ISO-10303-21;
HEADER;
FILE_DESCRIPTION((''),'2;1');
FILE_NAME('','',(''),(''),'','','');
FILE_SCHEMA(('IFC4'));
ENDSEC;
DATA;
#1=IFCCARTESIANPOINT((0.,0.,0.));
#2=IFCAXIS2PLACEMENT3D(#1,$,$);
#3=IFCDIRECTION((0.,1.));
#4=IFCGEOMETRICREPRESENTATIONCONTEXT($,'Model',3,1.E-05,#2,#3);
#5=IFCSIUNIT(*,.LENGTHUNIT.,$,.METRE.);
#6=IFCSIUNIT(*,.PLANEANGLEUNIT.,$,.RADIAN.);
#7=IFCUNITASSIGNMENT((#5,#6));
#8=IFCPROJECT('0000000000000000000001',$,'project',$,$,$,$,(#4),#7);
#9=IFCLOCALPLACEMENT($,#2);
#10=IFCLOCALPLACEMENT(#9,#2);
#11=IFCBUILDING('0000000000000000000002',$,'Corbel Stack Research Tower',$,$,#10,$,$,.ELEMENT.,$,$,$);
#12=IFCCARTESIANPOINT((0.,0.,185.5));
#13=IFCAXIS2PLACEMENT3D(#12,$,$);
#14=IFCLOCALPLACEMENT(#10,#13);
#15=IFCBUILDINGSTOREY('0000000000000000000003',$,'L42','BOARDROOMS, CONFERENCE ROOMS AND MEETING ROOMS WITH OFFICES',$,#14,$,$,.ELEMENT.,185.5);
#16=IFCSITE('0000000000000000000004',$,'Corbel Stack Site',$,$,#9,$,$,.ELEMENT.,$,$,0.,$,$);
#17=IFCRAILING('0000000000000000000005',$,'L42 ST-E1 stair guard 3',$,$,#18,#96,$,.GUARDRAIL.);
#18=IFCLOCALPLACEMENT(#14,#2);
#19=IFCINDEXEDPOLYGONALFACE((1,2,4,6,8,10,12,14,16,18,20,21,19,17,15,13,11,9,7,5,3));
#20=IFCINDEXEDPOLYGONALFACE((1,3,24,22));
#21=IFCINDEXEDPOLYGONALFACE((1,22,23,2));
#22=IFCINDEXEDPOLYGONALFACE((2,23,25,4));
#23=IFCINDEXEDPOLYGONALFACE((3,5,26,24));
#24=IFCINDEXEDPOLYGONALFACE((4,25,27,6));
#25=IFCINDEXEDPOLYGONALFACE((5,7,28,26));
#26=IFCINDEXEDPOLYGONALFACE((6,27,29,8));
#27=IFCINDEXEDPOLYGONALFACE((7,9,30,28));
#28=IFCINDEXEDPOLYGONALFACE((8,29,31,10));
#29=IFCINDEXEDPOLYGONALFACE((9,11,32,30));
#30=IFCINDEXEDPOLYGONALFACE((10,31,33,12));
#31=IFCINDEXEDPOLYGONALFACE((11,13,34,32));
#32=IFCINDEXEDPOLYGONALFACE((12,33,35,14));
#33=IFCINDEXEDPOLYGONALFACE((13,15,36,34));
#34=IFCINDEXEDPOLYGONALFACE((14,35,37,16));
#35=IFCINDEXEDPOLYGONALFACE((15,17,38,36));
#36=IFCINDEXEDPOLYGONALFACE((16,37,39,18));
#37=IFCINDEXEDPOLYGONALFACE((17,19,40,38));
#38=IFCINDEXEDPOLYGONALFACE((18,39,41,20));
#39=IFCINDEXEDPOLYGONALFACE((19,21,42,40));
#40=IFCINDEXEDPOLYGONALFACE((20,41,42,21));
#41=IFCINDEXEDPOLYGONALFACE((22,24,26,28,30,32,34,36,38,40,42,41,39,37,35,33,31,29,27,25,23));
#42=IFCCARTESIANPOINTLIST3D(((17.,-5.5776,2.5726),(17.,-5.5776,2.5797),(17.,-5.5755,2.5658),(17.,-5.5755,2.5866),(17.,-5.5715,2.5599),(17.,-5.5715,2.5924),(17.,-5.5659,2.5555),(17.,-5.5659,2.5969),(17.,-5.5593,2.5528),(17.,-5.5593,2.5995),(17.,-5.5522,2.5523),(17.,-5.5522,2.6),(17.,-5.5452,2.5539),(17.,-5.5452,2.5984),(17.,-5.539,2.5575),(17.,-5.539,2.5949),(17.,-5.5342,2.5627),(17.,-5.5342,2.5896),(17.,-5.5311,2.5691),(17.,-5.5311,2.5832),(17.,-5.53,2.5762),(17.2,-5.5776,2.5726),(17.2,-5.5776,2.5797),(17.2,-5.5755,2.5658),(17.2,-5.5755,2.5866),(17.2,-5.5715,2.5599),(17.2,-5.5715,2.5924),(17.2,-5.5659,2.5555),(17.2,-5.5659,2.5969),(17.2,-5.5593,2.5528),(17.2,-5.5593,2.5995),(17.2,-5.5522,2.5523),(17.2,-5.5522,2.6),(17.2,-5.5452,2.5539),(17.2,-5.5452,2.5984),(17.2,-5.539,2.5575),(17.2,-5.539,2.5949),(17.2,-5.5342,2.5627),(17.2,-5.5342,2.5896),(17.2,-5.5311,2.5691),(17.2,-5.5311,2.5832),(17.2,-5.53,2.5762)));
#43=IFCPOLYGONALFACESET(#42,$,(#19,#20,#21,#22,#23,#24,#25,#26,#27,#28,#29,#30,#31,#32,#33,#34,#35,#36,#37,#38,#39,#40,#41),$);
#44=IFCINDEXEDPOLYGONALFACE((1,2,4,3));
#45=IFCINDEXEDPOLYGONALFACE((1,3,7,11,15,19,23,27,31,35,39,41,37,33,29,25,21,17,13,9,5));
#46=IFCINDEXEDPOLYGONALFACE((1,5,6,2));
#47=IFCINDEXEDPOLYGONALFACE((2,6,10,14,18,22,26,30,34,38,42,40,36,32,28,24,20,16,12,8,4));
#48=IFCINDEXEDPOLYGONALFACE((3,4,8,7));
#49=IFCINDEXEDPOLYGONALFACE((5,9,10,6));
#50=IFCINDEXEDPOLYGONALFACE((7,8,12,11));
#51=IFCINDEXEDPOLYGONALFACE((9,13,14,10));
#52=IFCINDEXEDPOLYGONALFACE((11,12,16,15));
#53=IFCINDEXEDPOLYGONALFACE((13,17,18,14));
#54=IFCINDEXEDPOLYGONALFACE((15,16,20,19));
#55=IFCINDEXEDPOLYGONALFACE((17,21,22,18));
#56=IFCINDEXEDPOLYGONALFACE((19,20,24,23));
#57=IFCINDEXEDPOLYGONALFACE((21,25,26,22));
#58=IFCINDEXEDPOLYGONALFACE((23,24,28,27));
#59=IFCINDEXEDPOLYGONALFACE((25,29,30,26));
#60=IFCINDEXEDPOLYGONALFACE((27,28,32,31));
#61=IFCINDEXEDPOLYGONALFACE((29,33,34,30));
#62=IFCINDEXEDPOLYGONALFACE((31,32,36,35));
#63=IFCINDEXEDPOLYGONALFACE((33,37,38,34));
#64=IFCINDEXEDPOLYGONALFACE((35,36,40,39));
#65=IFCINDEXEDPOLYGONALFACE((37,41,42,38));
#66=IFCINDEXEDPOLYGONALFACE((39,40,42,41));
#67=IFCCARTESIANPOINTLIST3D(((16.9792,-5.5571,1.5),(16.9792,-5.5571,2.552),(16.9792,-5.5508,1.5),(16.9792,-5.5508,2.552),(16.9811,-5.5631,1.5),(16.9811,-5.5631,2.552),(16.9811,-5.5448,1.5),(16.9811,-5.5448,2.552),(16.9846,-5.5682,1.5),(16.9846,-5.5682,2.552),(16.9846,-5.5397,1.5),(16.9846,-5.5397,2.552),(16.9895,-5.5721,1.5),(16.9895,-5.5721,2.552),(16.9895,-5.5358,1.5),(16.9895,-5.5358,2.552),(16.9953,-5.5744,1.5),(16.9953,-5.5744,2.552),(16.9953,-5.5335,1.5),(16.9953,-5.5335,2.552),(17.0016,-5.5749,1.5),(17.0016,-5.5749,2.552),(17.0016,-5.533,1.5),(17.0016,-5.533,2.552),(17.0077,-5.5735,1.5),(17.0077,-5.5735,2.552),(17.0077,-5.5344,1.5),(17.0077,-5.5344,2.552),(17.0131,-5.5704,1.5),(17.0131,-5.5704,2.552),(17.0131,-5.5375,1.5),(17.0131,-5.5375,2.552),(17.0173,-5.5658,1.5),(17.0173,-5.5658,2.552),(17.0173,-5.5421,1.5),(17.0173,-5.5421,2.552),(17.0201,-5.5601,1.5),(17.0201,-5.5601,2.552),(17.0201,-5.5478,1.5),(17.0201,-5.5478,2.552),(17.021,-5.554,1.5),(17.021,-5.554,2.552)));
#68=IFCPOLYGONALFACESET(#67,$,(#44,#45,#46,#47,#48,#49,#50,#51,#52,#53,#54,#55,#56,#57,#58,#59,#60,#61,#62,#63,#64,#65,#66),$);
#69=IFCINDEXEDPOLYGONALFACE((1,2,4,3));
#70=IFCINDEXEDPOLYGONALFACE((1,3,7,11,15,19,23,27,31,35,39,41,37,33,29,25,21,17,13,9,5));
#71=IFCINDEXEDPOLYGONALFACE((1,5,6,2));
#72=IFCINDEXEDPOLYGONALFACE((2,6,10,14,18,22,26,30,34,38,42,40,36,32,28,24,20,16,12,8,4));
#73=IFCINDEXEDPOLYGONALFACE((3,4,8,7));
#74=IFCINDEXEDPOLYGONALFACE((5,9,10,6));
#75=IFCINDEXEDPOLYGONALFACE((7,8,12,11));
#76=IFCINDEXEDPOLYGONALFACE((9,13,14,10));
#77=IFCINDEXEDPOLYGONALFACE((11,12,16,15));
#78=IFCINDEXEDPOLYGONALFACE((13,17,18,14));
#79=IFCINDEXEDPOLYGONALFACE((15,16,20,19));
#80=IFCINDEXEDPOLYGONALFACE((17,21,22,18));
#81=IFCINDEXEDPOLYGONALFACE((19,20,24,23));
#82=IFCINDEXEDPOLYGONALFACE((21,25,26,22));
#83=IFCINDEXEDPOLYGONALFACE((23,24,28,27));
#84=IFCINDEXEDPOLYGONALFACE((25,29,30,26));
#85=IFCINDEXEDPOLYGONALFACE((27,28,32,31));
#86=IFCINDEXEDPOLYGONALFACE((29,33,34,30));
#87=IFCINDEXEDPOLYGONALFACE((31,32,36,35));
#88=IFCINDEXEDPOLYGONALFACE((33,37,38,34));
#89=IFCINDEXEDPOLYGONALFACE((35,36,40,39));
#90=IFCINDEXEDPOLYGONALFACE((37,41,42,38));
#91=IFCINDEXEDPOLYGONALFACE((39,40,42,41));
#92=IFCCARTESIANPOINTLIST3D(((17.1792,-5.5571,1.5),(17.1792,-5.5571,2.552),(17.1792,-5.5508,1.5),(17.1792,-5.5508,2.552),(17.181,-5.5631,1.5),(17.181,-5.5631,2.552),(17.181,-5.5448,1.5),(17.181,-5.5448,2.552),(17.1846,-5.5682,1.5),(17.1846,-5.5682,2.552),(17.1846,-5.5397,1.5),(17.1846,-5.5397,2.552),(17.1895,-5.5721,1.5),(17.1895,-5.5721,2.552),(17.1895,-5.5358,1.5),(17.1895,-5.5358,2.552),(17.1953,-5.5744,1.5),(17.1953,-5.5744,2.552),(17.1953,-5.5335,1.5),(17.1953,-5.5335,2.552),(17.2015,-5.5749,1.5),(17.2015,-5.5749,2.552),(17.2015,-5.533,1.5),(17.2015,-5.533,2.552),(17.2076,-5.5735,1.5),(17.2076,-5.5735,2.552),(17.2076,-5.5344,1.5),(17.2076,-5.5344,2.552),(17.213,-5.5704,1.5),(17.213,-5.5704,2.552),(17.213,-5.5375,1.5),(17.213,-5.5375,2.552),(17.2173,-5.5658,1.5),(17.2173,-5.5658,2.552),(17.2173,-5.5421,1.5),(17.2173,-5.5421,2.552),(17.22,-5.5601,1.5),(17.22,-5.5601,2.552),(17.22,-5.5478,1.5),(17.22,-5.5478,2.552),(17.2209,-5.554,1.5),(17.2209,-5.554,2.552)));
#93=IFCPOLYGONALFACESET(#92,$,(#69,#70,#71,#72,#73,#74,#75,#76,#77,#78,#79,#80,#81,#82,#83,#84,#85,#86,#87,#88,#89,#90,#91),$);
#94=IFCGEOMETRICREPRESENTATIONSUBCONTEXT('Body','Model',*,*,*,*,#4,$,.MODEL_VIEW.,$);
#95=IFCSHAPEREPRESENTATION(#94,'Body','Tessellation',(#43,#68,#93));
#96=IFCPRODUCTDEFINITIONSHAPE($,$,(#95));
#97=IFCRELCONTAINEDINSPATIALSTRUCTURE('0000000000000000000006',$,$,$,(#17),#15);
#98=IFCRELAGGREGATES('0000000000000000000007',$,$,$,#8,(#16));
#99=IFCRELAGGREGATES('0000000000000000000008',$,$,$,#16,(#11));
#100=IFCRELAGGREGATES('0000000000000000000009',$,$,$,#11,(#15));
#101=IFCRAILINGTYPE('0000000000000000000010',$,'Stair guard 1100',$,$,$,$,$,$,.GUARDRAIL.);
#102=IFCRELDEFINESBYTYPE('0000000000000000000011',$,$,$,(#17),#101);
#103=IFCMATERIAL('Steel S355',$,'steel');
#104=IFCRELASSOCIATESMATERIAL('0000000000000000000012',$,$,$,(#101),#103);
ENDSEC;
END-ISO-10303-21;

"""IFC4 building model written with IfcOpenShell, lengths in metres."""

from ifc_helpers import new_model, si_unit, direction, frame, origin, origin_2d, place, context, subcontext, project, spatial, circle, extrude, material, type_object, element, save


model = new_model("IFC4")

# Units and contexts
model_context = context("Model", 3, precision=1e-05, world=origin(), true_north=direction((0.0, 1.0)))
body_context = subcontext(model_context, "Body", "Model", "MODEL_VIEW")
ifc_project = project(units=[si_unit("LENGTHUNIT", "METRE"), si_unit("PLANEANGLEUNIT", "RADIAN")], contexts=[model_context])

# Site, building, storey
site_placement = place(None, origin())
site = spatial("IfcSite", under=ifc_project, at=site_placement, Name="Corbel Stack Site", CompositionType="ELEMENT", RefElevation=0.0)
building_placement = place(site_placement, origin())
building = spatial("IfcBuilding", under=site, at=building_placement, Name="Corbel Stack Research Tower", CompositionType="ELEMENT")
storey_placement = place(building_placement, frame((0.0, 0.0, 185.5)))
storey = spatial("IfcBuildingStorey", under=building, at=storey_placement, Name="L42", Description="BOARDROOMS, CONFERENCE ROOMS AND MEETING ROOMS WITH OFFICES", CompositionType="ELEMENT", Elevation=185.5)

# Railing
ifc_material_1 = material(Name="Steel S355", Category="steel")
railing_type_1 = type_object("IfcRailingType", Name="Stair guard 1100", PredefinedType="GUARDRAIL", material=ifc_material_1)
railing_1_placement = place(storey_placement, frame((17.0, -5.554, 1.5)))
element("IfcRailing", 1, at=railing_1_placement, inside=storey, type_object=railing_type_1, Name="L42 ST-E1 stair guard 3", PredefinedType="GUARDRAIL", context=body_context, shape_type="SweptSolid", body=[
    extrude(circle(Radius=0.0239, at=origin_2d()), frame((0.0, 0.0, 1.0762), z_axis=(1.0, 0.0, 0.0), x_axis=(0.0, 1.0, 0.0)), (0.0, 0.0, 1.0), 0.2),
    extrude(circle(Radius=0.021, at=origin_2d()), origin(), (0.0, 0.0, 1.0), 1.052),
    extrude(circle(Radius=0.021, at=origin_2d()), frame((0.2, 0.0, 0.0)), (0.0, 0.0, 1.0), 1.052),
])

save(model, "model.ifc")
